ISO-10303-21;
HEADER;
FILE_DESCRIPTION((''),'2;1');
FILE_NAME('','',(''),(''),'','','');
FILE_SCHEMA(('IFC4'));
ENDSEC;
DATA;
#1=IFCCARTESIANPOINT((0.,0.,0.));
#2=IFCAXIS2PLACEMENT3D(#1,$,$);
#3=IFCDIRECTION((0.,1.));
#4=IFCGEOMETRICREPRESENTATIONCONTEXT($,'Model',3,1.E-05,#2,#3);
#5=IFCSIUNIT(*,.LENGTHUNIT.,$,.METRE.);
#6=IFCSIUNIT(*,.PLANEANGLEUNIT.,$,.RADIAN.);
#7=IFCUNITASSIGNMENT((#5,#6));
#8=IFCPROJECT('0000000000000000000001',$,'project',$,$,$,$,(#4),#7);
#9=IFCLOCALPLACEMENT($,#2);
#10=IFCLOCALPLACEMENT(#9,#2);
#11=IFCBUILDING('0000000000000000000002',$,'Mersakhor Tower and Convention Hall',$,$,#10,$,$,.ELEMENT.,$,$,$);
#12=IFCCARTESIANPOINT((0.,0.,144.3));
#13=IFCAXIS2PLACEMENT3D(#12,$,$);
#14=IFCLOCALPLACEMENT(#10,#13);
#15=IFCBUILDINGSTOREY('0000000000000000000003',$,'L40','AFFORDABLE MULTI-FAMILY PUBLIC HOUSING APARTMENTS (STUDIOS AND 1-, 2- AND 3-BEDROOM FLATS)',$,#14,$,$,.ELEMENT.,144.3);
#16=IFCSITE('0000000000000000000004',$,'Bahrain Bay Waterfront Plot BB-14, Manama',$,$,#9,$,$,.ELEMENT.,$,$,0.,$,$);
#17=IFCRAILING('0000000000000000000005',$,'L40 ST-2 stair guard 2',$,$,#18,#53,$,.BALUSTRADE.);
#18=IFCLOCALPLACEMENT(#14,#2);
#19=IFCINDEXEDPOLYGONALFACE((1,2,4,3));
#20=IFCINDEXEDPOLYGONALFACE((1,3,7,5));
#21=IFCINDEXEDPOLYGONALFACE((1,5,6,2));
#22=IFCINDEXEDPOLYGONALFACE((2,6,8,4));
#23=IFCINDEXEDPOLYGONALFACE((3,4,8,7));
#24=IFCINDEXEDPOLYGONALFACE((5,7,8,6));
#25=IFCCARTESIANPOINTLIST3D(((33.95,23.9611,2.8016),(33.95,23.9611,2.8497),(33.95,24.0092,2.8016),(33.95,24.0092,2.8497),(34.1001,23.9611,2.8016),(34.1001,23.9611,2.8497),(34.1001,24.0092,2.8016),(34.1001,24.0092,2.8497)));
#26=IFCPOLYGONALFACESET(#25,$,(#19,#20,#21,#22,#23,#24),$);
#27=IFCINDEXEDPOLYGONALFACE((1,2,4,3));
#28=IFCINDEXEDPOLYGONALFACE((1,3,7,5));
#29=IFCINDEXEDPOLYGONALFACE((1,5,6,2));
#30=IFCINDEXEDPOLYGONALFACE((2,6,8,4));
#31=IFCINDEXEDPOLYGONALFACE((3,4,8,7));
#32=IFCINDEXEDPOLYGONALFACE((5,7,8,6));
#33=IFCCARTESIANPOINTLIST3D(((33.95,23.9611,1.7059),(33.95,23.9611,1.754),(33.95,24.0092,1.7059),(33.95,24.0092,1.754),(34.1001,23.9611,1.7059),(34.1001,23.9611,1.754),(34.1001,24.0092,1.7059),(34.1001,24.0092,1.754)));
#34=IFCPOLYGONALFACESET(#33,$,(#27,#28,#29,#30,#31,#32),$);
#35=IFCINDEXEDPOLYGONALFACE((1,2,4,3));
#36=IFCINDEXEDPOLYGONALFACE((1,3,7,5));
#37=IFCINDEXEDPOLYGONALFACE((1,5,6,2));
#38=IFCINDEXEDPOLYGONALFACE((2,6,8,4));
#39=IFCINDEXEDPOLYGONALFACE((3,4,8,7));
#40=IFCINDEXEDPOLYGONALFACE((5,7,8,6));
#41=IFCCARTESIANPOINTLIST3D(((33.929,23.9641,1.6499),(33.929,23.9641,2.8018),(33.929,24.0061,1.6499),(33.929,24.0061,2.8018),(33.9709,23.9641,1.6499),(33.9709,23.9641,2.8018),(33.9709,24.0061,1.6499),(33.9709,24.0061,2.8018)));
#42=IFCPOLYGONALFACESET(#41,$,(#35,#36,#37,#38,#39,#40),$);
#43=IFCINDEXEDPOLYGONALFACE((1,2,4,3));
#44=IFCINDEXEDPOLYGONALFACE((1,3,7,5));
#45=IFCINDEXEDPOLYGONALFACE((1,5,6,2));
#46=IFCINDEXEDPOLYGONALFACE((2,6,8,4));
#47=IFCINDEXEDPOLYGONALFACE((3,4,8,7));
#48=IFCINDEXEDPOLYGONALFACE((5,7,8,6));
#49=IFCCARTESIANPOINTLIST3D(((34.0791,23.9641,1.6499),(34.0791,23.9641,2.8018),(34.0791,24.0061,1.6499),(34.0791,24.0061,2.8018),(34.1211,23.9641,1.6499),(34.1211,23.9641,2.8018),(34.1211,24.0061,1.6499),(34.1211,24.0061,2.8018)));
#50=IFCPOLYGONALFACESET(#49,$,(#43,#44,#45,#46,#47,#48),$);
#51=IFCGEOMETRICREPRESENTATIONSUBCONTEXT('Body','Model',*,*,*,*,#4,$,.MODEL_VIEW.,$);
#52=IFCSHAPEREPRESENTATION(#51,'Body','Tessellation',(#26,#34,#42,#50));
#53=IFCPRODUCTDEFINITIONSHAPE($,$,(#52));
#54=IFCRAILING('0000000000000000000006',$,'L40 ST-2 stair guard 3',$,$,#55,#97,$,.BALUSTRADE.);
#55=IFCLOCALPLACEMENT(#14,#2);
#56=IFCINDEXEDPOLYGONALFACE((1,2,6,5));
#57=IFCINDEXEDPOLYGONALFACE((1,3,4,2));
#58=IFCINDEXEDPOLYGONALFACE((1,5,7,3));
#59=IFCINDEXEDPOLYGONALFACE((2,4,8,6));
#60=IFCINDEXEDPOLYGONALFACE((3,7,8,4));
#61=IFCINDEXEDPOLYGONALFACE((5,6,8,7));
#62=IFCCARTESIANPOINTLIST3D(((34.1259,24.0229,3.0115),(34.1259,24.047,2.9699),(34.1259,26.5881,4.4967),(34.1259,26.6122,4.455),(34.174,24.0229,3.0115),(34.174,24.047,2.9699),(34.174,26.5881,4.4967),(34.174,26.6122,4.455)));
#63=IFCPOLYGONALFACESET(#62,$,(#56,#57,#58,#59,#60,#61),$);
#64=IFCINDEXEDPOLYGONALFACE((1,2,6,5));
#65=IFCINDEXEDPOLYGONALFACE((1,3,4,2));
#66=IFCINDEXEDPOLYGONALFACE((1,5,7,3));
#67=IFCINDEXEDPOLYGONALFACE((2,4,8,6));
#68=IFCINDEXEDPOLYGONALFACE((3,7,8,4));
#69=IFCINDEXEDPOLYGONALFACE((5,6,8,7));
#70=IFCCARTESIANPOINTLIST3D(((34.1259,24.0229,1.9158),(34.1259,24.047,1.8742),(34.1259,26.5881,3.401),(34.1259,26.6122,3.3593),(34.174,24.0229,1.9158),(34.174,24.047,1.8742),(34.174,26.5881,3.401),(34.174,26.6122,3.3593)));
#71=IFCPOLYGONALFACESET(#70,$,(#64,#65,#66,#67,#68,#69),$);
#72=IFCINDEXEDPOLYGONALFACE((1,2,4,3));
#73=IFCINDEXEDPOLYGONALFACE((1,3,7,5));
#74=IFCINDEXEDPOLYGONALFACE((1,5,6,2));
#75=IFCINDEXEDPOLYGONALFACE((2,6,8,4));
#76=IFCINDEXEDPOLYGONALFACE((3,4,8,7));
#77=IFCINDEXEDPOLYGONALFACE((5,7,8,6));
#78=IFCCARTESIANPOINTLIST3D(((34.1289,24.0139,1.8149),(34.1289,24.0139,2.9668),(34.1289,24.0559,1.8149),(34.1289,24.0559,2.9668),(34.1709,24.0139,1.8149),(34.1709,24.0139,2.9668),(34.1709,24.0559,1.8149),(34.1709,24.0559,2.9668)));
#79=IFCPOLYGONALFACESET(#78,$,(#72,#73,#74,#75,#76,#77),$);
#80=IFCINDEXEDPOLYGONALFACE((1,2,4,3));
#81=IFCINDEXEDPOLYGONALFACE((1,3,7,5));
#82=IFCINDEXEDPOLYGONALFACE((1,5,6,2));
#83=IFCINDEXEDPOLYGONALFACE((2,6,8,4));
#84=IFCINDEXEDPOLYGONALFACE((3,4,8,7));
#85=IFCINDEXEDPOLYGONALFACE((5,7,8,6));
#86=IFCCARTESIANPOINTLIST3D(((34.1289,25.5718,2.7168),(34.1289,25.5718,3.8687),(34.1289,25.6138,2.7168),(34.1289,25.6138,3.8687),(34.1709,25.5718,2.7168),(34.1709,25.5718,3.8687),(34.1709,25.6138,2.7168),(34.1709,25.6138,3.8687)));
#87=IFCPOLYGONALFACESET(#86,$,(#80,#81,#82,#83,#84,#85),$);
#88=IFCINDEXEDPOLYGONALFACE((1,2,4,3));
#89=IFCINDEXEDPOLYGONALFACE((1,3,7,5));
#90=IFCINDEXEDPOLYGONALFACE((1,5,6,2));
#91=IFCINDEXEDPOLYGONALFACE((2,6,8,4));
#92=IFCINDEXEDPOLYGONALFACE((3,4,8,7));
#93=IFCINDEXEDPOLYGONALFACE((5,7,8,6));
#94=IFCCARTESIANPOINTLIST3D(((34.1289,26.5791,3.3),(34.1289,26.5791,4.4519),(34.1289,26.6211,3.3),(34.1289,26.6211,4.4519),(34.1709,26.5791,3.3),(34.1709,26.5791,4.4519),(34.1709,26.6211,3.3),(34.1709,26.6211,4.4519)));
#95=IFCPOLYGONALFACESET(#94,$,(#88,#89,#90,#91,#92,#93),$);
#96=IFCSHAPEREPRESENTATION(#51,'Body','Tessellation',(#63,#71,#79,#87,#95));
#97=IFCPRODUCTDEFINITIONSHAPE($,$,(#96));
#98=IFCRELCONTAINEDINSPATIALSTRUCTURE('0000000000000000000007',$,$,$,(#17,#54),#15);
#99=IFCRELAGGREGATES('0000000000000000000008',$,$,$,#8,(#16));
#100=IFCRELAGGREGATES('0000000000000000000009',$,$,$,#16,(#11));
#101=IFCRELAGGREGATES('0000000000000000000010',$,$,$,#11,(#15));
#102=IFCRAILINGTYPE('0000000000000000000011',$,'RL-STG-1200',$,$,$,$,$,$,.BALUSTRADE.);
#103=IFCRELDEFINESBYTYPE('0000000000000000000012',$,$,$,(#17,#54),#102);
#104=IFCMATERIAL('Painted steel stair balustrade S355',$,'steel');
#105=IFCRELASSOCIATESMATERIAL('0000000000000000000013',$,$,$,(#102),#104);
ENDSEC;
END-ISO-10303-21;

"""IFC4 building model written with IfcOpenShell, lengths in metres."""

from ifc_helpers import new_model, si_unit, direction, frame, origin, origin_2d, place, context, subcontext, project, spatial, rectangle, extrude, material, type_object, element, save


model = new_model("IFC4")

# Units and contexts
model_context = context("Model", 3, precision=1e-05, world=origin(), true_north=direction((0.0, 1.0)))
body_context = subcontext(model_context, "Body", "Model", "MODEL_VIEW")
ifc_project = project(units=[si_unit("LENGTHUNIT", "METRE"), si_unit("PLANEANGLEUNIT", "RADIAN")], contexts=[model_context])

# Site, building, storey
site_placement = place(None, origin())
site = spatial("IfcSite", under=ifc_project, at=site_placement, Name="Bahrain Bay Waterfront Plot BB-14, Manama", CompositionType="ELEMENT", RefElevation=0.0)
building_placement = place(site_placement, origin())
building = spatial("IfcBuilding", under=site, at=building_placement, Name="Mersakhor Tower and Convention Hall", CompositionType="ELEMENT")
storey_placement = place(building_placement, frame((0.0, 0.0, 144.3)))
storey = spatial("IfcBuildingStorey", under=building, at=storey_placement, Name="L40", Description="AFFORDABLE MULTI-FAMILY PUBLIC HOUSING APARTMENTS (STUDIOS AND 1-, 2- AND 3-BEDROOM FLATS)", CompositionType="ELEMENT", Elevation=144.3)

# Railings
ifc_material_1 = material(Name="Painted steel stair balustrade S355", Category="steel")
railing_type_1 = type_object("IfcRailingType", Name="RL-STG-1200", PredefinedType="BALUSTRADE", material=ifc_material_1)
railing_1_placement = place(storey_placement, frame((33.95, 23.9851, 1.6499)))
element("IfcRailing", 1, at=railing_1_placement, inside=storey, type_object=railing_type_1, Name="L40 ST-2 stair guard 2", PredefinedType="BALUSTRADE", context=body_context, shape_type="SweptSolid", body=[
    extrude(rectangle(XDim=0.0481, YDim=0.0481, at=origin_2d()), frame((0.0, 0.0, 1.1758), z_axis=(1.0, 0.0, 0.0), x_axis=(0.0, 1.0, 0.0)), (0.0, 0.0, 1.0), 0.1501),
    extrude(rectangle(XDim=0.0481, YDim=0.0481, at=origin_2d()), frame((0.0, 0.0, 0.0801), z_axis=(1.0, 0.0, 0.0), x_axis=(0.0, 1.0, 0.0)), (0.0, 0.0, 1.0), 0.1501),
    extrude(rectangle(XDim=0.042, YDim=0.042, at=origin_2d()), origin(), (0.0, 0.0, 1.0), 1.1519),
    extrude(rectangle(XDim=0.042, YDim=0.042, at=origin_2d()), frame((0.1501, 0.0, 0.0)), (0.0, 0.0, 1.0), 1.1519),
])
railing_2_placement = place(storey_placement, frame((34.1499, 24.0349, 1.8149)))
element("IfcRailing", 2, at=railing_2_placement, inside=storey, type_object=railing_type_1, Name="L40 ST-2 stair guard 3", PredefinedType="BALUSTRADE", context=body_context, shape_type="SweptSolid", body=[
    extrude(rectangle(XDim=0.0481, YDim=0.0481, at=origin_2d()), frame((0.0, 0.0, 1.1758), z_axis=(0.0, 0.865426, 0.501036), x_axis=(-1.0, 0.0, 0.0)), (0.0, 0.0, 1.0), 2.9641),
    extrude(rectangle(XDim=0.0481, YDim=0.0481, at=origin_2d()), frame((0.0, 0.0, 0.0801), z_axis=(0.0, 0.865426, 0.501036), x_axis=(-1.0, 0.0, 0.0)), (0.0, 0.0, 1.0), 2.9641),
    extrude(rectangle(XDim=0.042, YDim=0.042, at=origin_2d()), origin(), (0.0, 0.0, 1.0), 1.1519),
    extrude(rectangle(XDim=0.042, YDim=0.042, at=origin_2d()), frame((0.0, 1.5579, 0.9019)), (0.0, 0.0, 1.0), 1.1519),
    extrude(rectangle(XDim=0.042, YDim=0.042, at=origin_2d()), frame((0.0, 2.5652, 1.4851)), (0.0, 0.0, 1.0), 1.1519),
])

save(model, "model.ifc")
